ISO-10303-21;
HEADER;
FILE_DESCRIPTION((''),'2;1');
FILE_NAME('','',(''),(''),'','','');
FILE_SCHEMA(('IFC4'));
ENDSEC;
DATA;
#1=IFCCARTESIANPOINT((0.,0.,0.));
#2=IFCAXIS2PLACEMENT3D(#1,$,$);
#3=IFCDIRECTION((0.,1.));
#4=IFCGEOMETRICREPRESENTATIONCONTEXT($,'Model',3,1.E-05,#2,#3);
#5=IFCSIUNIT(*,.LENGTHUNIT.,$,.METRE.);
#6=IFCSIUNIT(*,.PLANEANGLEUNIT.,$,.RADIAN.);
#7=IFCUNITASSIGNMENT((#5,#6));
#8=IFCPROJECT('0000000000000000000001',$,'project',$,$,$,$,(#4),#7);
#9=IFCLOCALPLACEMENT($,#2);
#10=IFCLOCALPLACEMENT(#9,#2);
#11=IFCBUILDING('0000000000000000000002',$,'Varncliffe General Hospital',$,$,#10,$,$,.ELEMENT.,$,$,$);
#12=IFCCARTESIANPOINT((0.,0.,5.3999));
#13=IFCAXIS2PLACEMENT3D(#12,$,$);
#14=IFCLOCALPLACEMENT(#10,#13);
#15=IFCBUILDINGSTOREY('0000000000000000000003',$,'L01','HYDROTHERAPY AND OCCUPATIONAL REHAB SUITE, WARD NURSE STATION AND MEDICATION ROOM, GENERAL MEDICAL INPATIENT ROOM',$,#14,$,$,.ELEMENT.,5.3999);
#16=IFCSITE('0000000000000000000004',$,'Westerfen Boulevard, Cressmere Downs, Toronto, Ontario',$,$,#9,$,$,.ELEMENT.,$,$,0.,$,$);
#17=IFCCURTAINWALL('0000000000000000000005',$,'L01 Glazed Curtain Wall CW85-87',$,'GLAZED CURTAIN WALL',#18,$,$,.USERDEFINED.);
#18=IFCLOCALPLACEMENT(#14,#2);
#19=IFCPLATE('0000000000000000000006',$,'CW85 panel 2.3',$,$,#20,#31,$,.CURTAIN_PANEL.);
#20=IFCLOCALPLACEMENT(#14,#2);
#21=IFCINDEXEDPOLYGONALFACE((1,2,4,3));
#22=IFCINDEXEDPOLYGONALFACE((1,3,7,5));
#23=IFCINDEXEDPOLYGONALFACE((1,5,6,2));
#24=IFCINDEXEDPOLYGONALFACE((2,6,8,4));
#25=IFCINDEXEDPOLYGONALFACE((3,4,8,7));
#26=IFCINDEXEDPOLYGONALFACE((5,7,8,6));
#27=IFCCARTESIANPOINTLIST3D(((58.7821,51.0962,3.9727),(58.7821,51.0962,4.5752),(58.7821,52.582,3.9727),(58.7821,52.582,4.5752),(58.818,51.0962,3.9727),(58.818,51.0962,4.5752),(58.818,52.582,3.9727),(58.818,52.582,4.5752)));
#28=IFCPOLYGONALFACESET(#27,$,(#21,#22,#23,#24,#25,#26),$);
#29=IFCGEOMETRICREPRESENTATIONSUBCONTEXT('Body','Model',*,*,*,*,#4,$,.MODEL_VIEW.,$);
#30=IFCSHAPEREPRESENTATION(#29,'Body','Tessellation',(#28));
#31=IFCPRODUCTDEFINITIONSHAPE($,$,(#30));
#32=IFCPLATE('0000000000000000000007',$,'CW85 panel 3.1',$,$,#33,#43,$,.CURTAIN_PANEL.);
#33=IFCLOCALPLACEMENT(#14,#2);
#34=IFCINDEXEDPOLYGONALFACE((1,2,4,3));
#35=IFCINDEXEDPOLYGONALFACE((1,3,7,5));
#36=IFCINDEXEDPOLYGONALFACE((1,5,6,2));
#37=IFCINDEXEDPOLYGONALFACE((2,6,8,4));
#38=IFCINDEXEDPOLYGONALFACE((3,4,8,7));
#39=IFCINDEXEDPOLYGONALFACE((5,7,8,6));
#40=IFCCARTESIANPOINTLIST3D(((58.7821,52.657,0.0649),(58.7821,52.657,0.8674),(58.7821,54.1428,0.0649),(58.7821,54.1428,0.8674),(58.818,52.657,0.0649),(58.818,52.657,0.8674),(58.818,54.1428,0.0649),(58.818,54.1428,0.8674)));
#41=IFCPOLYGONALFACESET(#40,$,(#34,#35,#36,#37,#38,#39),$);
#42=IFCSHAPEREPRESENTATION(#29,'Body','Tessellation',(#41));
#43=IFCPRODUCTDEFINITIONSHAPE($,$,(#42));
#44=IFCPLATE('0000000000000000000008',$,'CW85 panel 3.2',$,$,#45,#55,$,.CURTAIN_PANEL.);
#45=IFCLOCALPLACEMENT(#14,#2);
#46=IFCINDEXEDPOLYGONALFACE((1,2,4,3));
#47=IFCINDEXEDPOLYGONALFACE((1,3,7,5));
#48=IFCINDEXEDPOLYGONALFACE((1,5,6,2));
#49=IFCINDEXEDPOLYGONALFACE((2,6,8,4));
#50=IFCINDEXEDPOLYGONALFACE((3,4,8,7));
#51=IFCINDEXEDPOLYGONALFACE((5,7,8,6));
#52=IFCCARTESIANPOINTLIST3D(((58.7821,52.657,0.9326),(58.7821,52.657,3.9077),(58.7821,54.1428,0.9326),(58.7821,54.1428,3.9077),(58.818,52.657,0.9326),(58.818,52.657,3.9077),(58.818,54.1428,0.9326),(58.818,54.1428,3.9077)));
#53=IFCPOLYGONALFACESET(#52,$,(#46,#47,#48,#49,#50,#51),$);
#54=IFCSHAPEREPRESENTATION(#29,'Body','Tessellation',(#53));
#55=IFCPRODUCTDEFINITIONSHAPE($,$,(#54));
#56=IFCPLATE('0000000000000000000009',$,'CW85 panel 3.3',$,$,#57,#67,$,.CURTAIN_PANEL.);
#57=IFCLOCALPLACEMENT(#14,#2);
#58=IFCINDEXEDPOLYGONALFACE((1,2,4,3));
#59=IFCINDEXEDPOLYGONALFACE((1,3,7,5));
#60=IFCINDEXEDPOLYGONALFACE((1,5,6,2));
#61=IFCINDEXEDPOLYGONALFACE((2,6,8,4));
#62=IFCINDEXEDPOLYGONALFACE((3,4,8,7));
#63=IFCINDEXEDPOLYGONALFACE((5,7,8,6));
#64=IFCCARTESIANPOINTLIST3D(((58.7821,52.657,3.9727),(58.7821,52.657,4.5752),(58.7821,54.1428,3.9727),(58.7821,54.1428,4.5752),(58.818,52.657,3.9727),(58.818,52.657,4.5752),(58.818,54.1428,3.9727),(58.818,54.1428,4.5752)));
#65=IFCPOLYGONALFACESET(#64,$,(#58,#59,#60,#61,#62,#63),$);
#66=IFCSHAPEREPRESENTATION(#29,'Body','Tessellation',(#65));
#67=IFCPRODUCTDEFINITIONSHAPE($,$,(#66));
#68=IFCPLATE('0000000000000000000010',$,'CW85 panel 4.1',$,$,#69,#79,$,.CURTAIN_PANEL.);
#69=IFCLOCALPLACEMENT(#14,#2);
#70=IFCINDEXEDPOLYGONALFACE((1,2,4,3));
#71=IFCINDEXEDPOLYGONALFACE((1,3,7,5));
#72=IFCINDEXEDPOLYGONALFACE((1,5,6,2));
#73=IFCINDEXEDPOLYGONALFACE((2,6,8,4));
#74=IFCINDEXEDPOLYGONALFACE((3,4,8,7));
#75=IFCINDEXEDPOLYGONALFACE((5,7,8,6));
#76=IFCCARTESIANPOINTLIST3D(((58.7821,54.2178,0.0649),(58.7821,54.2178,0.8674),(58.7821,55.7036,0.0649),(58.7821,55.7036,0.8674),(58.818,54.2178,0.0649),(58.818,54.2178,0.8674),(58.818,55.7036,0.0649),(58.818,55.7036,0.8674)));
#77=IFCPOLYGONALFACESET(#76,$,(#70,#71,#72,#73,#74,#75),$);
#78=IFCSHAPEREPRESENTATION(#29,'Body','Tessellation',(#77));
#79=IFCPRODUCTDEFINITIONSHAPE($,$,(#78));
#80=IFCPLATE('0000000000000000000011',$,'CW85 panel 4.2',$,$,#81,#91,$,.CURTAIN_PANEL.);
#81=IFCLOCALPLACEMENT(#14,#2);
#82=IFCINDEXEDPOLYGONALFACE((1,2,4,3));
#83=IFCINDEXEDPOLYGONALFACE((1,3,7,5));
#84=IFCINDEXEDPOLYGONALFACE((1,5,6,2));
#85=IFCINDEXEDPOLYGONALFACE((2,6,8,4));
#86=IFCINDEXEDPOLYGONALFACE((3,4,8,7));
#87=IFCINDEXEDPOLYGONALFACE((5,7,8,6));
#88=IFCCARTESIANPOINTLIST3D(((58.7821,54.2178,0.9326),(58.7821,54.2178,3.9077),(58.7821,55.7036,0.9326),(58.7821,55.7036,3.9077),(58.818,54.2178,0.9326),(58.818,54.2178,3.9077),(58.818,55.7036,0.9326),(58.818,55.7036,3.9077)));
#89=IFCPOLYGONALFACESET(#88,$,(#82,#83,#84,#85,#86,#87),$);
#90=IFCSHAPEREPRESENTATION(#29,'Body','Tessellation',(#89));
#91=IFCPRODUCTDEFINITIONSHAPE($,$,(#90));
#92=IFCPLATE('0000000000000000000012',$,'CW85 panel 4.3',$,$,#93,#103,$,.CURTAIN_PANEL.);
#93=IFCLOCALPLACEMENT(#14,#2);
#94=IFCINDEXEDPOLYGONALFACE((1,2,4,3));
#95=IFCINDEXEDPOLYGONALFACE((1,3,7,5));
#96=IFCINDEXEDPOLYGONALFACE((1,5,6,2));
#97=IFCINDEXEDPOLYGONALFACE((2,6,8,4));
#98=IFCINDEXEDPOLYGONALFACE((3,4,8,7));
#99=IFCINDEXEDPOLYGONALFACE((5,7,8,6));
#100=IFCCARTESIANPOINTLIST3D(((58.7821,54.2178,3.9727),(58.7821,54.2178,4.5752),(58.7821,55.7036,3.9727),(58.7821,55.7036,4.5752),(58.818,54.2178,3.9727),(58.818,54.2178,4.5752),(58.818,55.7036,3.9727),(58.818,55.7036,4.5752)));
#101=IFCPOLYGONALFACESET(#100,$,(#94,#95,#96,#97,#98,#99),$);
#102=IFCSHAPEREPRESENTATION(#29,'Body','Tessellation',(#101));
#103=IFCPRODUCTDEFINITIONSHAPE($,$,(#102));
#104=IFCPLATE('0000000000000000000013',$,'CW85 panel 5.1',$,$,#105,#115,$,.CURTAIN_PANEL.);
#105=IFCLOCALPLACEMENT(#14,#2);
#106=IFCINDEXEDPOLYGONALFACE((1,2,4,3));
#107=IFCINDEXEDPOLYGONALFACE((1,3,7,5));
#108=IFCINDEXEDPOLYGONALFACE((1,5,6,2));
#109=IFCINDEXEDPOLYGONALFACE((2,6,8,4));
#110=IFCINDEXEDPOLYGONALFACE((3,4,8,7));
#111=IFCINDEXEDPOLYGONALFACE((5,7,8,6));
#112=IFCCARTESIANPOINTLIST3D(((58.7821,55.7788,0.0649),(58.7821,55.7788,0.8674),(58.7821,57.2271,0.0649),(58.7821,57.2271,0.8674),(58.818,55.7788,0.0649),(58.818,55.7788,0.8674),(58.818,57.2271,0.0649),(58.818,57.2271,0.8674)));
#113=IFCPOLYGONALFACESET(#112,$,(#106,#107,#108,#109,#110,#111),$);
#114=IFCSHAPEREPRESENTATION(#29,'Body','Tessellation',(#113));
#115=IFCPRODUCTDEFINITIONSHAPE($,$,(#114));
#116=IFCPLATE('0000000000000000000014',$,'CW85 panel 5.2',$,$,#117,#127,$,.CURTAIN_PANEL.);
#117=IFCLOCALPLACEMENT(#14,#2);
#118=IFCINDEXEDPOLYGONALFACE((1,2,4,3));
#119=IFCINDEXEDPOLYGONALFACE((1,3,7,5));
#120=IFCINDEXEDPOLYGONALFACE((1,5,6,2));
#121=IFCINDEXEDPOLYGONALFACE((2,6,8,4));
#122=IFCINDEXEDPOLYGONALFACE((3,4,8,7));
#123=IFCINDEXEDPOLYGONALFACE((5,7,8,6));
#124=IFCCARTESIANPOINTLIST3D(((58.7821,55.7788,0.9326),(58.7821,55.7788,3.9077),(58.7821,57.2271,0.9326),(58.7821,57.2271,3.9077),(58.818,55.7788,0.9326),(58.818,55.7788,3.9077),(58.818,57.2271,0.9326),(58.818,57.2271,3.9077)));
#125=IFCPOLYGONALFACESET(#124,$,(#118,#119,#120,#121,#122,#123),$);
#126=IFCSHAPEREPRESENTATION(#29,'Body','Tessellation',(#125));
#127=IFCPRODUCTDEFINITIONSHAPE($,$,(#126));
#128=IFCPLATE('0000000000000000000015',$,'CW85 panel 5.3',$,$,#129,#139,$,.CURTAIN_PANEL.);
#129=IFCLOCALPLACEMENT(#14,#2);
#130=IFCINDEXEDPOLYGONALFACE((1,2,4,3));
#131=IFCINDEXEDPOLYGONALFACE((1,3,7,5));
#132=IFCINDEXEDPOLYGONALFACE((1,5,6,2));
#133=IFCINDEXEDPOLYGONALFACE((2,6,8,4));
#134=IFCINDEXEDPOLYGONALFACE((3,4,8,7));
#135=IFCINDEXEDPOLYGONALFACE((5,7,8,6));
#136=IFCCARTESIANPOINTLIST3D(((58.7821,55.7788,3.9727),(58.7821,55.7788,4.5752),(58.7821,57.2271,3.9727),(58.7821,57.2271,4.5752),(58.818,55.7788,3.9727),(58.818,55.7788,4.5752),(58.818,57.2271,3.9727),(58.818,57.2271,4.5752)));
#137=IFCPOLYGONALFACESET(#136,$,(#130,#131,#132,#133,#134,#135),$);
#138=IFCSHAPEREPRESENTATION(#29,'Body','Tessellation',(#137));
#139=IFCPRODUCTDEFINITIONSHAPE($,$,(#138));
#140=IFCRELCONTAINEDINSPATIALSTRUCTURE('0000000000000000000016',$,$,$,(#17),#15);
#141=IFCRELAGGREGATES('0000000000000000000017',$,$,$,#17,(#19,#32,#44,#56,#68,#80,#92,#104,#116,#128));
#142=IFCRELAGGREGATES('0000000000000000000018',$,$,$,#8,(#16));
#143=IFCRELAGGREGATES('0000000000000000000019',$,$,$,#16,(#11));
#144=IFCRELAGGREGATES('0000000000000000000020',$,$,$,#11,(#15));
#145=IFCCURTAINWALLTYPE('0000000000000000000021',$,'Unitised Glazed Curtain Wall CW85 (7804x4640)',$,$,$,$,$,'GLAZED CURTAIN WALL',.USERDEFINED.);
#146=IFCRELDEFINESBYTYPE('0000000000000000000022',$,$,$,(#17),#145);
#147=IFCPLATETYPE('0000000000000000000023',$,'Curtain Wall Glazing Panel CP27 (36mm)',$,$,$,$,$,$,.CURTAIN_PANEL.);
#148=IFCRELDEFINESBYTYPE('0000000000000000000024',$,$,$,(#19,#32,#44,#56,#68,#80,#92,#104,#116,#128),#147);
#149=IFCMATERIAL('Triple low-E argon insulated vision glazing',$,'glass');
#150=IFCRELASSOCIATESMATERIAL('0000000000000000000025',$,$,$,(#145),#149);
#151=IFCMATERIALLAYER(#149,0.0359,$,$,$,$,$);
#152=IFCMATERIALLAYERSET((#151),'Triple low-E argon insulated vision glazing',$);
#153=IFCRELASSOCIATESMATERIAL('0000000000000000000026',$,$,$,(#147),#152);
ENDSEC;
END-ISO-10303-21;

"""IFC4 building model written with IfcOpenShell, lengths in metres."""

from ifc_helpers import new_model, si_unit, direction, frame, origin, origin_2d, place, context, subcontext, project, spatial, rectangle, extrude, material, layer, layer_set, type_object, element, aggregate, save


model = new_model("IFC4")

# Units and contexts
model_context = context("Model", 3, precision=1e-05, world=origin(), true_north=direction((0.0, 1.0)))
body_context = subcontext(model_context, "Body", "Model", "MODEL_VIEW")
ifc_project = project(units=[si_unit("LENGTHUNIT", "METRE"), si_unit("PLANEANGLEUNIT", "RADIAN")], contexts=[model_context])

# Site, building, storey
site_placement = place(None, origin())
site = spatial("IfcSite", under=ifc_project, at=site_placement, Name="Westerfen Boulevard, Cressmere Downs, Toronto, Ontario", CompositionType="ELEMENT", RefElevation=0.0)
building_placement = place(site_placement, origin())
building = spatial("IfcBuilding", under=site, at=building_placement, Name="Varncliffe General Hospital", CompositionType="ELEMENT")
storey_placement = place(building_placement, frame((0.0, 0.0, 5.3999)))
storey = spatial("IfcBuildingStorey", under=building, at=storey_placement, Name="L01", Description="HYDROTHERAPY AND OCCUPATIONAL REHAB SUITE, WARD NURSE STATION AND MEDICATION ROOM, GENERAL MEDICAL INPATIENT ROOM", CompositionType="ELEMENT", Elevation=5.3999)

# Curtain wall
ifc_material_1 = material(Name="Triple low-E argon insulated vision glazing", Category="glass")
curtain_wall_type_1 = type_object("IfcCurtainWallType", Name="Unitised Glazed Curtain Wall CW85 (7804x4640)", ElementType="GLAZED CURTAIN WALL", PredefinedType="USERDEFINED", material=ifc_material_1)
curtain_wall_1_placement = place(storey_placement, origin())
curtain_wall_1 = element("IfcCurtainWall", 1, at=curtain_wall_1_placement, inside=storey, type_object=curtain_wall_type_1, Name="L01 Glazed Curtain Wall CW85-87", ObjectType="GLAZED CURTAIN WALL", PredefinedType="USERDEFINED")

# Plates
ifc_layer = layer(ifc_material_1, 0.0359)
ifc_layer_set = layer_set([ifc_layer], Name="Triple low-E argon insulated vision glazing")
plate_type = type_object("IfcPlateType", Name="Curtain Wall Glazing Panel CP27 (36mm)", PredefinedType="CURTAIN_PANEL", material=ifc_layer_set)
plate_1_placement = place(storey_placement, frame((58.8, 51.8391, 3.9727), z_axis=(0.0, 0.0, 1.0), x_axis=(0.0, 1.0, 0.0)))
plate_1 = element("IfcPlate", 2, at=plate_1_placement, type_object=plate_type, Name="CW85 panel 2.3", PredefinedType="CURTAIN_PANEL", context=body_context, shape_type="SweptSolid", body=[
    extrude(rectangle(XDim=1.4858, YDim=0.0359, at=origin_2d()), origin(), (0.0, 0.0, 1.0), 0.6025),
])
plate_2_placement = place(storey_placement, frame((58.8, 53.3999, 0.0649), z_axis=(0.0, 0.0, 1.0), x_axis=(0.0, 1.0, 0.0)))
plate_2 = element("IfcPlate", 3, at=plate_2_placement, type_object=plate_type, Name="CW85 panel 3.1", PredefinedType="CURTAIN_PANEL", context=body_context, shape_type="SweptSolid", body=[
    extrude(rectangle(XDim=1.4858, YDim=0.0359, at=origin_2d()), origin(), (0.0, 0.0, 1.0), 0.8025),
])
plate_3_placement = place(storey_placement, frame((58.8, 53.3999, 0.9326), z_axis=(0.0, 0.0, 1.0), x_axis=(0.0, 1.0, 0.0)))
plate_3 = element("IfcPlate", 4, at=plate_3_placement, type_object=plate_type, Name="CW85 panel 3.2", PredefinedType="CURTAIN_PANEL", context=body_context, shape_type="SweptSolid", body=[
    extrude(rectangle(XDim=1.4858, YDim=0.0359, at=origin_2d()), origin(), (0.0, 0.0, 1.0), 2.9751),
])
plate_4_placement = place(storey_placement, frame((58.8, 53.3999, 3.9727), z_axis=(0.0, 0.0, 1.0), x_axis=(0.0, 1.0, 0.0)))
plate_4 = element("IfcPlate", 5, at=plate_4_placement, type_object=plate_type, Name="CW85 panel 3.3", PredefinedType="CURTAIN_PANEL", context=body_context, shape_type="SweptSolid", body=[
    extrude(rectangle(XDim=1.4858, YDim=0.0359, at=origin_2d()), origin(), (0.0, 0.0, 1.0), 0.6025),
])
plate_5_placement = place(storey_placement, frame((58.8, 54.9607, 0.0649), z_axis=(0.0, 0.0, 1.0), x_axis=(0.0, 1.0, 0.0)))
plate_5 = element("IfcPlate", 6, at=plate_5_placement, type_object=plate_type, Name="CW85 panel 4.1", PredefinedType="CURTAIN_PANEL", context=body_context, shape_type="SweptSolid", body=[
    extrude(rectangle(XDim=1.4858, YDim=0.0359, at=origin_2d()), origin(), (0.0, 0.0, 1.0), 0.8025),
])
plate_6_placement = place(storey_placement, frame((58.8, 54.9607, 0.9326), z_axis=(0.0, 0.0, 1.0), x_axis=(0.0, 1.0, 0.0)))
plate_6 = element("IfcPlate", 7, at=plate_6_placement, type_object=plate_type, Name="CW85 panel 4.2", PredefinedType="CURTAIN_PANEL", context=body_context, shape_type="SweptSolid", body=[
    extrude(rectangle(XDim=1.4858, YDim=0.0359, at=origin_2d()), origin(), (0.0, 0.0, 1.0), 2.9751),
])
plate_7_placement = place(storey_placement, frame((58.8, 54.9607, 3.9727), z_axis=(0.0, 0.0, 1.0), x_axis=(0.0, 1.0, 0.0)))
plate_7 = element("IfcPlate", 8, at=plate_7_placement, type_object=plate_type, Name="CW85 panel 4.3", PredefinedType="CURTAIN_PANEL", context=body_context, shape_type="SweptSolid", body=[
    extrude(rectangle(XDim=1.4858, YDim=0.0359, at=origin_2d()), origin(), (0.0, 0.0, 1.0), 0.6025),
])
plate_8_placement = place(storey_placement, frame((58.8, 56.5029, 0.0649), z_axis=(0.0, 0.0, 1.0), x_axis=(0.0, 1.0, 0.0)))
plate_8 = element("IfcPlate", 9, at=plate_8_placement, type_object=plate_type, Name="CW85 panel 5.1", PredefinedType="CURTAIN_PANEL", context=body_context, shape_type="SweptSolid", body=[
    extrude(rectangle(XDim=1.4482, YDim=0.0359, at=origin_2d()), origin(), (0.0, 0.0, 1.0), 0.8025),
])
plate_9_placement = place(storey_placement, frame((58.8, 56.5029, 0.9326), z_axis=(0.0, 0.0, 1.0), x_axis=(0.0, 1.0, 0.0)))
plate_9 = element("IfcPlate", 10, at=plate_9_placement, type_object=plate_type, Name="CW85 panel 5.2", PredefinedType="CURTAIN_PANEL", context=body_context, shape_type="SweptSolid", body=[
    extrude(rectangle(XDim=1.4482, YDim=0.0359, at=origin_2d()), origin(), (0.0, 0.0, 1.0), 2.9751),
])
plate_10_placement = place(storey_placement, frame((58.8, 56.5029, 3.9727), z_axis=(0.0, 0.0, 1.0), x_axis=(0.0, 1.0, 0.0)))
plate_10 = element("IfcPlate", 11, at=plate_10_placement, type_object=plate_type, Name="CW85 panel 5.3", PredefinedType="CURTAIN_PANEL", context=body_context, shape_type="SweptSolid", body=[
    extrude(rectangle(XDim=1.4482, YDim=0.0359, at=origin_2d()), origin(), (0.0, 0.0, 1.0), 0.6025),
])
aggregate(curtain_wall_1, [plate_1, plate_2, plate_3, plate_4, plate_5, plate_6, plate_7, plate_8, plate_9, plate_10])

save(model, "model.ifc")
